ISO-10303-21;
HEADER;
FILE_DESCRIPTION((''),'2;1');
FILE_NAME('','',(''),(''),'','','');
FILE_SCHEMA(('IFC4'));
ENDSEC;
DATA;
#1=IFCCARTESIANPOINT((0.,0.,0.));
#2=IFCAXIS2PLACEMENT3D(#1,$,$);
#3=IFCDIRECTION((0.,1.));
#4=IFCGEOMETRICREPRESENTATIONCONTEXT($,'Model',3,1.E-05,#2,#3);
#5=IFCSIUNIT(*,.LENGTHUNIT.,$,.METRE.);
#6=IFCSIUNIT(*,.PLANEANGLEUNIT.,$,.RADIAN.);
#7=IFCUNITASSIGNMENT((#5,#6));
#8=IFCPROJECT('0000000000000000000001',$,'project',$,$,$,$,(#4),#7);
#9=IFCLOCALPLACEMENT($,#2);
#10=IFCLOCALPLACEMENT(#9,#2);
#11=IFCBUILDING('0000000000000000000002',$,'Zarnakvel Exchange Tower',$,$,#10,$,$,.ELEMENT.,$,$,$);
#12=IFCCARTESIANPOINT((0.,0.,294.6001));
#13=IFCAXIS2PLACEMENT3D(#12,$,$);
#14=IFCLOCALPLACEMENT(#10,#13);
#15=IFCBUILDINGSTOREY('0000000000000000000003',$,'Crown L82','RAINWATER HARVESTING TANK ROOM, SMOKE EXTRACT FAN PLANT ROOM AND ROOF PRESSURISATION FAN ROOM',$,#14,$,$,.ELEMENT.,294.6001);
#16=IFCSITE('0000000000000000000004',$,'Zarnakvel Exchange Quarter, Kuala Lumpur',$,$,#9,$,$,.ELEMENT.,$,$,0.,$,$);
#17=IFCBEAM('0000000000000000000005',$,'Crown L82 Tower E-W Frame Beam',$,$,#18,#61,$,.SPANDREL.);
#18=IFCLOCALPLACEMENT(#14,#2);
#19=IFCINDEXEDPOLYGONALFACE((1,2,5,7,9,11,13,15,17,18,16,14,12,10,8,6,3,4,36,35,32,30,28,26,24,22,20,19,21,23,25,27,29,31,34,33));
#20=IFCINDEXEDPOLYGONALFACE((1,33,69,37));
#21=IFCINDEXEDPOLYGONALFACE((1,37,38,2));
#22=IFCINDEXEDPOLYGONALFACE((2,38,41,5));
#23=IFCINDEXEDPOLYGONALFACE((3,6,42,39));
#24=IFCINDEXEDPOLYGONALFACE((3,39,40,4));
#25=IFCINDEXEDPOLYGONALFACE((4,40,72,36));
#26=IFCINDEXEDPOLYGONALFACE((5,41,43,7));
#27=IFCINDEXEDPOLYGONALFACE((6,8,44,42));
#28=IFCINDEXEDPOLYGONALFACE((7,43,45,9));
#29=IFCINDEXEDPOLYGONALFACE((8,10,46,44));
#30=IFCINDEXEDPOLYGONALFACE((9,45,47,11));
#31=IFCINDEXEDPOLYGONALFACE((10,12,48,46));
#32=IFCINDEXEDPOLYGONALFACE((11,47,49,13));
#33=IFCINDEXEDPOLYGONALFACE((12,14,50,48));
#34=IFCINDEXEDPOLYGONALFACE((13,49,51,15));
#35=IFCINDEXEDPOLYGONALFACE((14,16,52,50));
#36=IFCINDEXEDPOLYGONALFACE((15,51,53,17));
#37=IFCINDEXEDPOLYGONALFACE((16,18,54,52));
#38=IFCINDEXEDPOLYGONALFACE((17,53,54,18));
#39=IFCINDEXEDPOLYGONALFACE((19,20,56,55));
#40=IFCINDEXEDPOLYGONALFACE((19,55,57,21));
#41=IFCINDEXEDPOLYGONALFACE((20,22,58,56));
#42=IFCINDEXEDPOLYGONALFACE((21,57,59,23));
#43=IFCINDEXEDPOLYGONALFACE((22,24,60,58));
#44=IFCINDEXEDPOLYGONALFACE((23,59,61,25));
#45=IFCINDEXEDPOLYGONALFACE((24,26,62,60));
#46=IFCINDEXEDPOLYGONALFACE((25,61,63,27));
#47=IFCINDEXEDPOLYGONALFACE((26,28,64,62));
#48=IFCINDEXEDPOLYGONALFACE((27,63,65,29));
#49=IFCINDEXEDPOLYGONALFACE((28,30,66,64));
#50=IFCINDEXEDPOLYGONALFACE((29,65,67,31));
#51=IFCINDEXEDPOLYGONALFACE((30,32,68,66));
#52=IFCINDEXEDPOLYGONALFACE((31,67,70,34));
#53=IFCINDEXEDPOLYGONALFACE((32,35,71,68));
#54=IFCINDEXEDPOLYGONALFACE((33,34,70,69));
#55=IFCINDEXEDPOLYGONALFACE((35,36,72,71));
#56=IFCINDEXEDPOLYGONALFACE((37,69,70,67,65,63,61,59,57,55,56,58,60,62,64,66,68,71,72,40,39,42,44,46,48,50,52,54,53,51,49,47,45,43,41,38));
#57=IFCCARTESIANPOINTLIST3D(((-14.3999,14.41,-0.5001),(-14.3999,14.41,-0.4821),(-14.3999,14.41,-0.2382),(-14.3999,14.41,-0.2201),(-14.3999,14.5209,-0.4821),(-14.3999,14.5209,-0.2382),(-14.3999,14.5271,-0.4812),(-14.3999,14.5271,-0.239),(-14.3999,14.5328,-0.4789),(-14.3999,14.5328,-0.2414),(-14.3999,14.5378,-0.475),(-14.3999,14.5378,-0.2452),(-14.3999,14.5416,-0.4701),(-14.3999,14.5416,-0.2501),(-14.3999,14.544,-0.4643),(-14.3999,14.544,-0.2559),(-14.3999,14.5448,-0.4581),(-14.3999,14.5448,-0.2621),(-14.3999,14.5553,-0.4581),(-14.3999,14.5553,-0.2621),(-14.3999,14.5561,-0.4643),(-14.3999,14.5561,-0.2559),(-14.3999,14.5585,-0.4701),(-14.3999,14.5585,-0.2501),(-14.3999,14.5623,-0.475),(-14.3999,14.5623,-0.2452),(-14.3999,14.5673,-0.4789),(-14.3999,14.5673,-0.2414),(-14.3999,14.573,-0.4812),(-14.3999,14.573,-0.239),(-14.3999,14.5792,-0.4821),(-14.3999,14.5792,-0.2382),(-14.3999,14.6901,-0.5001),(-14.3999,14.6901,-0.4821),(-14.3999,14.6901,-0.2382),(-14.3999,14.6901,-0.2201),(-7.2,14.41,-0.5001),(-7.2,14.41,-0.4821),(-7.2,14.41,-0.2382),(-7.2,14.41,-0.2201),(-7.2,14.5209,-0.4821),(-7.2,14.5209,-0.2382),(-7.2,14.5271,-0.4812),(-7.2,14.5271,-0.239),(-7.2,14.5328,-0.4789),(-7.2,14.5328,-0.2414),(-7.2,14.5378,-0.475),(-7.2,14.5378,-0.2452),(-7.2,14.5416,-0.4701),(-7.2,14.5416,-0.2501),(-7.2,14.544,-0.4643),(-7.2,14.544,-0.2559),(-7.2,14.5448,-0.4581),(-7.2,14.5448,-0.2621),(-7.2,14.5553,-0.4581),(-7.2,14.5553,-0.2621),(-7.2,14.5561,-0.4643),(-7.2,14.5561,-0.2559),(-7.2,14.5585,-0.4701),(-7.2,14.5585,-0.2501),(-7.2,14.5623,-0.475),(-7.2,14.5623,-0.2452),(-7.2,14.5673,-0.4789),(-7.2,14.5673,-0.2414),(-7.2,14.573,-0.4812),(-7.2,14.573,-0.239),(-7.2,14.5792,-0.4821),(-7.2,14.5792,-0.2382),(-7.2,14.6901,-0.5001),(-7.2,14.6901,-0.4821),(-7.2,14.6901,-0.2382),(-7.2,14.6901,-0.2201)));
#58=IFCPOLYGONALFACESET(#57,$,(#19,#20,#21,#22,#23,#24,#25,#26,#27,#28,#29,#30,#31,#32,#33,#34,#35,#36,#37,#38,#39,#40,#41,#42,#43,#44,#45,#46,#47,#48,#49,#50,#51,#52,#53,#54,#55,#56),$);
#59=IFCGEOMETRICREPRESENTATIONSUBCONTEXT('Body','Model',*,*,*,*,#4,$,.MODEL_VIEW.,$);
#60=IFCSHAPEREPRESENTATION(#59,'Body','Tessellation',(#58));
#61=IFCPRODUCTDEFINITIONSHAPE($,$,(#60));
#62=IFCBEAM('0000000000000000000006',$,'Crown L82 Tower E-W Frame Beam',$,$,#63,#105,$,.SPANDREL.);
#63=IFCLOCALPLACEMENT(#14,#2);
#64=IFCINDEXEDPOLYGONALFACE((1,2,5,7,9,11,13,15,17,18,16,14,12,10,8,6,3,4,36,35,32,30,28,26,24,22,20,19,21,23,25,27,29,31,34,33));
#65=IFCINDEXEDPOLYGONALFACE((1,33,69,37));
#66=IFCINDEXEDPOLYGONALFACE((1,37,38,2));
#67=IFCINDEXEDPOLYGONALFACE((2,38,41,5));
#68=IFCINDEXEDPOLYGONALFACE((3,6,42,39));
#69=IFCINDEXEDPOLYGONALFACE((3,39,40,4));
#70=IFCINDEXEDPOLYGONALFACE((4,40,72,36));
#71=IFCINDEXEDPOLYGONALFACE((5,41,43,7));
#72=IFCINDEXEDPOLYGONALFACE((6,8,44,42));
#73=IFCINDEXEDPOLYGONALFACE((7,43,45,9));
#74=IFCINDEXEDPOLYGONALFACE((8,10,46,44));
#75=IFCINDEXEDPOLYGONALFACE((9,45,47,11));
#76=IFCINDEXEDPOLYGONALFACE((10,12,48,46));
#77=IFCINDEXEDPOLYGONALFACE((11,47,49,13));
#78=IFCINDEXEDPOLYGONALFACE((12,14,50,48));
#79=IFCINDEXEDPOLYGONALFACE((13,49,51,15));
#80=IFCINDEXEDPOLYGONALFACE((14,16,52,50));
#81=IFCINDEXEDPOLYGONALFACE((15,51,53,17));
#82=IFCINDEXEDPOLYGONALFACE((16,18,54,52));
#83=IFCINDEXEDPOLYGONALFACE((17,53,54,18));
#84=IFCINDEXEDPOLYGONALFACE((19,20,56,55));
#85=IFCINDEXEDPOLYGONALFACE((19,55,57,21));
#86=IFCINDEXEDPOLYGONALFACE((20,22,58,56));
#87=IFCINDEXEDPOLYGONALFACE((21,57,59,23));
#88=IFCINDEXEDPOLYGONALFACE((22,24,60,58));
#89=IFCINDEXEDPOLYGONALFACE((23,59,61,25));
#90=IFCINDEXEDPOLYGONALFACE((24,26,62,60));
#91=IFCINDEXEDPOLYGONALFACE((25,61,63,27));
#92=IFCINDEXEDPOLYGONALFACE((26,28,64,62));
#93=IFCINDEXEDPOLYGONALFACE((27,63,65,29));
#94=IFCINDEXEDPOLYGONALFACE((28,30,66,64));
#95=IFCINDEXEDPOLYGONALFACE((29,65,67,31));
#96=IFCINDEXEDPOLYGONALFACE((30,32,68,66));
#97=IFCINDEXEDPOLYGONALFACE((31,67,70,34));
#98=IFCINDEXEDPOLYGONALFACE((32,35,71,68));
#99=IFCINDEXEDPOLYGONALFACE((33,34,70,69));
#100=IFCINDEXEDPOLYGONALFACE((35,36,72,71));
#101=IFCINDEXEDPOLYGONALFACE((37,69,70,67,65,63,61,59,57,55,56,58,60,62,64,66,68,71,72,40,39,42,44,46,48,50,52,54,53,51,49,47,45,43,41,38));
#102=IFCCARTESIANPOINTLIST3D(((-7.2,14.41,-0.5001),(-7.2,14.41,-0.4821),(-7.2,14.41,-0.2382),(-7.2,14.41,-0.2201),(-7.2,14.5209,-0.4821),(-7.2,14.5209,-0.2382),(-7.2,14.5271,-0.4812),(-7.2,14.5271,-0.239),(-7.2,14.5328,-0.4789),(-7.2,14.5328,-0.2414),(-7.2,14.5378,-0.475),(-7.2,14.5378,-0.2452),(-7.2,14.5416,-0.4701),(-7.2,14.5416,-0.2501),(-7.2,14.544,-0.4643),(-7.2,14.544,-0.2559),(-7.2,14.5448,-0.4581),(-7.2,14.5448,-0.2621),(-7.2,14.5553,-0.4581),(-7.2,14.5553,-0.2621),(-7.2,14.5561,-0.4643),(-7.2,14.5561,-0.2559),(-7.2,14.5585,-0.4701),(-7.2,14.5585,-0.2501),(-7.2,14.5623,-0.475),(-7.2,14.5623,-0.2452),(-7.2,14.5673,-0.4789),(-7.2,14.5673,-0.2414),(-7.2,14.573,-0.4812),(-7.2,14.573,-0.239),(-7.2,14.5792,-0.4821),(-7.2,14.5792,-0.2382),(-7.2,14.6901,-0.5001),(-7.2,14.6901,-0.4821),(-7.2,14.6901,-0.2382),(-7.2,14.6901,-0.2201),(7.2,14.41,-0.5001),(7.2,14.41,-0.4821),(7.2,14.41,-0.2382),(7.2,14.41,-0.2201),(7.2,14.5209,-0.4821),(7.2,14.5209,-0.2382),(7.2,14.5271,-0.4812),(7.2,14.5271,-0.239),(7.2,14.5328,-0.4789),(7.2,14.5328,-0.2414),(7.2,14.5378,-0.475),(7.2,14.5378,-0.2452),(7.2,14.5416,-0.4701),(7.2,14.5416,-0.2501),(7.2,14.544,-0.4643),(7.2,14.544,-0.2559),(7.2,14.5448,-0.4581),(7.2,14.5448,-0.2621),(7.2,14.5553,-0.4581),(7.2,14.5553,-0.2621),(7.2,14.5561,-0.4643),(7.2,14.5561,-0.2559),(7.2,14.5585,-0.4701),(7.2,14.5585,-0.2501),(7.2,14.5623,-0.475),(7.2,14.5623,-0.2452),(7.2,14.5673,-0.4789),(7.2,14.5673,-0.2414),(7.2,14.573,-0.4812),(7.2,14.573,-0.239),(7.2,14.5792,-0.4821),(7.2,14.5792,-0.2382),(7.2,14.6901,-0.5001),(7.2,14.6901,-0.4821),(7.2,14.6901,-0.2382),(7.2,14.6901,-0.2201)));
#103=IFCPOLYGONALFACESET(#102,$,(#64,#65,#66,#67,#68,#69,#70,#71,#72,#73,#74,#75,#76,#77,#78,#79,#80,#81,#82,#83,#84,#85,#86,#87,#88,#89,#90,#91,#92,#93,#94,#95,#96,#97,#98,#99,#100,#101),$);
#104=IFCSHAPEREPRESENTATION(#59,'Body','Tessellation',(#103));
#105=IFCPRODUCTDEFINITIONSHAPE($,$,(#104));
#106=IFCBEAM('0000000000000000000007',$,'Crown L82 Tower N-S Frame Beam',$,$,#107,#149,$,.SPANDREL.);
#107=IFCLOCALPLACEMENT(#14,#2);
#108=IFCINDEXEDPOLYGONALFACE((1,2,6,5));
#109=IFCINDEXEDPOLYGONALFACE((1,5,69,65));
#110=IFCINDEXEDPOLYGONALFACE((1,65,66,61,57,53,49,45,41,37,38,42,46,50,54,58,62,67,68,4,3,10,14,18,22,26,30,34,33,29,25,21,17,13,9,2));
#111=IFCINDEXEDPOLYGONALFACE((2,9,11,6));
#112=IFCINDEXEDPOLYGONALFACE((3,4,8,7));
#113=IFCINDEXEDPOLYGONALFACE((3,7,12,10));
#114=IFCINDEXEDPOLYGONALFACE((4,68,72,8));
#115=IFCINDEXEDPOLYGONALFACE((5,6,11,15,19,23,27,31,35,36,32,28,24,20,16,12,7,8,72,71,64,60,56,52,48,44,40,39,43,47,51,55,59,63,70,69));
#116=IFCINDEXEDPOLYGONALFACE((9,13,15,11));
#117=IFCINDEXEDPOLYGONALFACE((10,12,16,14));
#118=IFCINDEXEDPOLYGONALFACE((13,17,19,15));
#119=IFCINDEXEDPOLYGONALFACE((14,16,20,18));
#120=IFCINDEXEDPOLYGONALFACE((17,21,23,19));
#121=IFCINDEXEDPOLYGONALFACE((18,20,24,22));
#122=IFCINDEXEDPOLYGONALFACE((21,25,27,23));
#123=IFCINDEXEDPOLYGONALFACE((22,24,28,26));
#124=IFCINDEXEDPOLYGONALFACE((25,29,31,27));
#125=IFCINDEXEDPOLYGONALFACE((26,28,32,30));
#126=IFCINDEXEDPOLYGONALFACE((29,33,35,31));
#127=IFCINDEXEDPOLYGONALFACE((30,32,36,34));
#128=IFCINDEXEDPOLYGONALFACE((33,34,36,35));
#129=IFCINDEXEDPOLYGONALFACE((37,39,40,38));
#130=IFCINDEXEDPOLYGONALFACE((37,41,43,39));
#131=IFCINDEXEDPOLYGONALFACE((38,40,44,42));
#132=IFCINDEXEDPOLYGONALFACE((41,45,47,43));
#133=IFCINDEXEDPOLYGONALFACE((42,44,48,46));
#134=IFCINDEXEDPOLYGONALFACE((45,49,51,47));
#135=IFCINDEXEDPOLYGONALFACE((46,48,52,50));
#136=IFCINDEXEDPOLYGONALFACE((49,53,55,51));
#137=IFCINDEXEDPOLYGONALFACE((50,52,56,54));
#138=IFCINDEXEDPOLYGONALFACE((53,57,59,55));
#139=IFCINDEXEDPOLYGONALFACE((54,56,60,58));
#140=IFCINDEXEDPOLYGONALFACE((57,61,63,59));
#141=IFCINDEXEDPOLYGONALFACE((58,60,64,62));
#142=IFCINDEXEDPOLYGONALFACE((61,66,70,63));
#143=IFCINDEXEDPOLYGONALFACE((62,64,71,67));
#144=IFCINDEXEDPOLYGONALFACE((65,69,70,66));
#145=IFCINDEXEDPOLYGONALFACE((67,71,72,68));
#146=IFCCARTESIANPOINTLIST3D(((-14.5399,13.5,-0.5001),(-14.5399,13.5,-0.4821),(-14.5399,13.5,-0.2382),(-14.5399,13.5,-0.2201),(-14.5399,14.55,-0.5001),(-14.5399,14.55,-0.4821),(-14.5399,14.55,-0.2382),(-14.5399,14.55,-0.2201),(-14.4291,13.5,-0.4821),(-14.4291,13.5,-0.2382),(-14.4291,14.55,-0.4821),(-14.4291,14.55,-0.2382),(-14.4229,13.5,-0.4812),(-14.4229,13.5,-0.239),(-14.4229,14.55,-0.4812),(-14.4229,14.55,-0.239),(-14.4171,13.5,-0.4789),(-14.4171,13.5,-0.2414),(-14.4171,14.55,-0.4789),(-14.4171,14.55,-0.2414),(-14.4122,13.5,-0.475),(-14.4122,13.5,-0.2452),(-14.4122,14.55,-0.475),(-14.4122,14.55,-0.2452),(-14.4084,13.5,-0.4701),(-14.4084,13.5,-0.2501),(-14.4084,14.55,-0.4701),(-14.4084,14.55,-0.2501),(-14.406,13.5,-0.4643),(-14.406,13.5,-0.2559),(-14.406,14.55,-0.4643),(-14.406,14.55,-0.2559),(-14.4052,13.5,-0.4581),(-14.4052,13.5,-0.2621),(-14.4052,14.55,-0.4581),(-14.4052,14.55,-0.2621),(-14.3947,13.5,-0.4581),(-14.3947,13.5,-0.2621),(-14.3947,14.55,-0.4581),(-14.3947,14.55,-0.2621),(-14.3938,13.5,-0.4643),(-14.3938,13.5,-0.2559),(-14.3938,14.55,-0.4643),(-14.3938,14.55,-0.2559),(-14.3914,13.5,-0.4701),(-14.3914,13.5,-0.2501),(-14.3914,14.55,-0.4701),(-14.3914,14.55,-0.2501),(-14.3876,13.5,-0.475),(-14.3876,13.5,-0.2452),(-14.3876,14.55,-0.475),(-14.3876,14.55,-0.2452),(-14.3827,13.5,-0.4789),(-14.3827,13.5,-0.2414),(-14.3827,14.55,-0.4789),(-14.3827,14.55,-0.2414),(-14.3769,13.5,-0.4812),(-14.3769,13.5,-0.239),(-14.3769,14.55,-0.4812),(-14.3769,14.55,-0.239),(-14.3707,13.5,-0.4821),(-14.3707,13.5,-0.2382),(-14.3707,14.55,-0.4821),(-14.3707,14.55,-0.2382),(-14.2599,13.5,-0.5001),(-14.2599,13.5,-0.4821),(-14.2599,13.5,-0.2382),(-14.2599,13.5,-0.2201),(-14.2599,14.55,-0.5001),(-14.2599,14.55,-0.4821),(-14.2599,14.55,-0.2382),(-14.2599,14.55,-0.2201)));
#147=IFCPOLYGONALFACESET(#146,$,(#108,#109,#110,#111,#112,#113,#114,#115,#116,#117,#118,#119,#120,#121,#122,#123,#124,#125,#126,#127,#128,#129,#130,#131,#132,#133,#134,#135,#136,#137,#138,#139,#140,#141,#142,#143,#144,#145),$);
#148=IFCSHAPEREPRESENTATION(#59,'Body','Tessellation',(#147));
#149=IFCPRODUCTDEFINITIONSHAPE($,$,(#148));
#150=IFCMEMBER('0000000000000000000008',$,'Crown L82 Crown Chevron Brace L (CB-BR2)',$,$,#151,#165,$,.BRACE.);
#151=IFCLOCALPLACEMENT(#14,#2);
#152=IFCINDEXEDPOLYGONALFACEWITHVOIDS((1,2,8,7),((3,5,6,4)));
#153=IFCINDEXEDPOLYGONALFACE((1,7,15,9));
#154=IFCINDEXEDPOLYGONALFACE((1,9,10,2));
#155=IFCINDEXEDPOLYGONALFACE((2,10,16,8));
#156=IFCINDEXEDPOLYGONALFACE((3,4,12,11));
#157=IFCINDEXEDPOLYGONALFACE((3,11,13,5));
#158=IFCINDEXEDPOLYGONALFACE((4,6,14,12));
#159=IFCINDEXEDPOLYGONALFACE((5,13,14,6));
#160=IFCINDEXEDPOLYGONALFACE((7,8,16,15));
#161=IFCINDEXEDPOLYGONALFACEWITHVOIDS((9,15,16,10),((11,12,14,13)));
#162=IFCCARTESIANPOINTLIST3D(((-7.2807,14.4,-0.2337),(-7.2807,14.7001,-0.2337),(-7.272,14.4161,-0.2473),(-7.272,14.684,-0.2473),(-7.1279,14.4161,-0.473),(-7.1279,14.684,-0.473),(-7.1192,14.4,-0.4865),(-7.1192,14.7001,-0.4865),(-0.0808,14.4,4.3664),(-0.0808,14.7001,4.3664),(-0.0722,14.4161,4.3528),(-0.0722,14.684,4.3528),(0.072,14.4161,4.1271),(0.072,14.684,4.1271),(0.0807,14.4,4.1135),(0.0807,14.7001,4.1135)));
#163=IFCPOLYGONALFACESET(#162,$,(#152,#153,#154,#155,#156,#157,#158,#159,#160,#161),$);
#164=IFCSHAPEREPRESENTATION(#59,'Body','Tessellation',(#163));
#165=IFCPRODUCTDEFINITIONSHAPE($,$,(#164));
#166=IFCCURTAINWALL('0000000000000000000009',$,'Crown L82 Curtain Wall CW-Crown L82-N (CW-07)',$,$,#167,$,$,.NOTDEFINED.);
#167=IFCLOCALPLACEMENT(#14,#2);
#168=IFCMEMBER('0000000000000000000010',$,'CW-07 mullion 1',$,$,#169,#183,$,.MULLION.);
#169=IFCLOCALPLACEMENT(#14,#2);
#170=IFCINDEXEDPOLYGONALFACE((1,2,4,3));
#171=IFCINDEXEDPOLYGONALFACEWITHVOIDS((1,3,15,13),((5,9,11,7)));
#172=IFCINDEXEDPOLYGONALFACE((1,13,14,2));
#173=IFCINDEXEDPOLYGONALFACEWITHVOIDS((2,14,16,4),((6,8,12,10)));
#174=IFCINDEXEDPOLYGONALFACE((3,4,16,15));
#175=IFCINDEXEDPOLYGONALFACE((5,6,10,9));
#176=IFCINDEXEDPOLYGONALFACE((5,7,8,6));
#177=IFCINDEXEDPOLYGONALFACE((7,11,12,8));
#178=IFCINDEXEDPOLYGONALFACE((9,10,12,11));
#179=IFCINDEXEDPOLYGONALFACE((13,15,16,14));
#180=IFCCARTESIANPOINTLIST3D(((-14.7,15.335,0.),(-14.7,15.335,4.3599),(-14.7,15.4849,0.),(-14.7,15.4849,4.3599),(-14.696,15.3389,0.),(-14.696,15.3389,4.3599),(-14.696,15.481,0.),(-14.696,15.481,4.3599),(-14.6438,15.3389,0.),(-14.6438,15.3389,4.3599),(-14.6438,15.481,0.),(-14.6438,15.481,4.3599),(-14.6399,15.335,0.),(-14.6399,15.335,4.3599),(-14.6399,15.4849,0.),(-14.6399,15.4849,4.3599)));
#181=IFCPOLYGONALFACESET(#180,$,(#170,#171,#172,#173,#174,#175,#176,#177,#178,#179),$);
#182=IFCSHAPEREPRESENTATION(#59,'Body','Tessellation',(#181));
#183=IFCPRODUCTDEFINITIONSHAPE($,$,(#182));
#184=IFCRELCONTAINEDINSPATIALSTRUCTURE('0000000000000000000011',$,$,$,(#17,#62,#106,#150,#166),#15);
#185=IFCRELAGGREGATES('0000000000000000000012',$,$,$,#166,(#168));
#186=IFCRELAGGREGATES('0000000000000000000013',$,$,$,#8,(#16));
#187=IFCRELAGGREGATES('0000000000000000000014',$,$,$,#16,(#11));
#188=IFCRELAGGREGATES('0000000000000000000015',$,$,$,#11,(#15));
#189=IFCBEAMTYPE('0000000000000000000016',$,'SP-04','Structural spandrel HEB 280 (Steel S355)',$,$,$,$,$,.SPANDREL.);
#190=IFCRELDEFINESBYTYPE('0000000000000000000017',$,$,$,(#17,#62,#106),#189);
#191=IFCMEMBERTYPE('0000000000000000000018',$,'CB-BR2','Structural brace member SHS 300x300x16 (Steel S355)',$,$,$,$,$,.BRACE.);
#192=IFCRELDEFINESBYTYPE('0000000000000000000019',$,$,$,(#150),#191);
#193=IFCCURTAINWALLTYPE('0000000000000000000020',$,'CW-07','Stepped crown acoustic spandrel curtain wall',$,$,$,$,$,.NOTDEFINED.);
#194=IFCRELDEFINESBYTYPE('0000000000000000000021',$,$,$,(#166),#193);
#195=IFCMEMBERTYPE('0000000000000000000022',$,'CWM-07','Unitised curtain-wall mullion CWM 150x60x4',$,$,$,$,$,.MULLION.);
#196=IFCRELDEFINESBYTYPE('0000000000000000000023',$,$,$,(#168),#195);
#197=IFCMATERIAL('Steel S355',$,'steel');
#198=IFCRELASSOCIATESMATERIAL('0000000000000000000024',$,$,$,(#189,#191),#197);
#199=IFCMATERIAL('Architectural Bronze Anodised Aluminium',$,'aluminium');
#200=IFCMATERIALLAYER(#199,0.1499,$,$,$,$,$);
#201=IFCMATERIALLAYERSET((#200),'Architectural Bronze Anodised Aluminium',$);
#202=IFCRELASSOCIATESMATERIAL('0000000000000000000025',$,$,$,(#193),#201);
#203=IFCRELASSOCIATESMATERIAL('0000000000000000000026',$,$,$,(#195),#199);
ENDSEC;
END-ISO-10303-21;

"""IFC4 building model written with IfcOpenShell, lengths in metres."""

from ifc_helpers import new_model, si_unit, direction, frame, origin, origin_2d, place, context, subcontext, project, spatial, hollow_rectangle, i_section, extrude, source, transform, mapped, material, layer, layer_set, material_profile, profile_set, type_object, element, aggregate, save


model = new_model("IFC4")

# Units and contexts
model_context = context("Model", 3, precision=1e-05, world=origin(), true_north=direction((0.0, 1.0)))
body_context = subcontext(model_context, "Body", "Model", "MODEL_VIEW")
ifc_project = project(units=[si_unit("LENGTHUNIT", "METRE"), si_unit("PLANEANGLEUNIT", "RADIAN")], contexts=[model_context])

# Site, building, storey
site_placement = place(None, origin())
site = spatial("IfcSite", under=ifc_project, at=site_placement, Name="Zarnakvel Exchange Quarter, Kuala Lumpur", CompositionType="ELEMENT", RefElevation=0.0)
building_placement = place(site_placement, origin())
building = spatial("IfcBuilding", under=site, at=building_placement, Name="Zarnakvel Exchange Tower", CompositionType="ELEMENT")
storey_placement = place(building_placement, frame((0.0, 0.0, 294.6001)))
storey = spatial("IfcBuildingStorey", under=building, at=storey_placement, Name="Crown L82", Description="RAINWATER HARVESTING TANK ROOM, SMOKE EXTRACT FAN PLANT ROOM AND ROOF PRESSURISATION FAN ROOM", CompositionType="ELEMENT", Elevation=294.6001)

# Shared definitions
ifc_material_1 = material(Name="Steel S355", Category="steel")

# Beams
ifc_material_profile_1 = material_profile(ifc_material_1, i_section(OverallWidth=0.28, OverallDepth=0.28, WebThickness=0.0105, FlangeThickness=0.0181, FilletRadius=0.0239, at=origin_2d()))
ifc_profile_set_1 = profile_set([ifc_material_profile_1], Name="Steel S355")
beam_type_1 = type_object("IfcBeamType", Name="SP-04", Description="Structural spandrel HEB 280 (Steel S355)", PredefinedType="SPANDREL", material=ifc_profile_set_1)
beam_1_placement = place(storey_placement, frame((-14.3999, 14.55, -0.3601), z_axis=(1.0, 0.0, 0.0), x_axis=(0.0, 1.0, 0.0)))
element("IfcBeam", 1, at=beam_1_placement, inside=storey, type_object=beam_type_1, Name="Crown L82 Tower E-W Frame Beam", PredefinedType="SPANDREL", context=body_context, shape_type="SweptSolid", body=[
    extrude(i_section(OverallWidth=0.28, OverallDepth=0.28, WebThickness=0.0105, FlangeThickness=0.0181, FilletRadius=0.0239, at=origin_2d()), origin(), (0.0, 0.0, 1.0), 7.2),
])
beam_2_placement = place(storey_placement, frame((-7.2, 14.55, -0.3601), z_axis=(1.0, 0.0, 0.0), x_axis=(0.0, 1.0, 0.0)))
element("IfcBeam", 2, at=beam_2_placement, inside=storey, type_object=beam_type_1, Name="Crown L82 Tower E-W Frame Beam", PredefinedType="SPANDREL", context=body_context, shape_type="SweptSolid", body=[
    extrude(i_section(OverallWidth=0.28, OverallDepth=0.28, WebThickness=0.0105, FlangeThickness=0.0181, FilletRadius=0.0239, at=origin_2d()), origin(), (0.0, 0.0, 1.0), 14.3999),
])
beam_3_placement = place(storey_placement, frame((-14.3999, 13.5, -0.3601), z_axis=(0.0, 1.0, 0.0), x_axis=(-1.0, 0.0, 0.0)))
element("IfcBeam", 3, at=beam_3_placement, inside=storey, type_object=beam_type_1, Name="Crown L82 Tower N-S Frame Beam", PredefinedType="SPANDREL", context=body_context, shape_type="SweptSolid", body=[
    extrude(i_section(OverallWidth=0.28, OverallDepth=0.28, WebThickness=0.0105, FlangeThickness=0.0181, FilletRadius=0.0239, at=origin_2d()), origin(), (0.0, 0.0, 1.0), 1.05),
])

# Member
ifc_material_profile_2 = material_profile(ifc_material_1, hollow_rectangle(XDim=0.3, YDim=0.3, WallThickness=0.0161, at=origin_2d()))
ifc_profile_set_2 = profile_set([ifc_material_profile_2], Name="Steel S355")
member_type_1 = type_object("IfcMemberType", Name="CB-BR2", Description="Structural brace member SHS 300x300x16 (Steel S355)", PredefinedType="BRACE", material=ifc_profile_set_2)
shared_shape_1 = source(origin(), body_context, "Body", "SweptSolid", [
    extrude(hollow_rectangle(XDim=0.3, YDim=0.3, WallThickness=0.0161, at=origin_2d()), origin(), (0.0, 0.0, 1.0), 8.5439),
])
member_1_placement = place(storey_placement, frame((-7.2, 14.55, -0.3601), z_axis=(0.842689, 0.0, 0.5384), x_axis=(0.0, 1.0, 0.0)))
element("IfcMember", 4, at=member_1_placement, inside=storey, type_object=member_type_1, Name="Crown L82 Crown Chevron Brace L (CB-BR2)", PredefinedType="BRACE", context=body_context, shape_type="MappedRepresentation", body=[
    mapped(shared_shape_1, transform((0.0, 0.0, 0.0), x_axis=(1.0, 0.0, 0.0), y_axis=(0.0, 1.0, 0.0), z_axis=(0.0, 0.0, 1.0), scale=1.0)),
])

# Curtain wall, member
ifc_material_2 = material(Name="Architectural Bronze Anodised Aluminium", Category="aluminium")
ifc_layer_1 = layer(ifc_material_2, 0.1499)
ifc_layer_set_1 = layer_set([ifc_layer_1], Name="Architectural Bronze Anodised Aluminium")
curtain_wall_type = type_object("IfcCurtainWallType", Name="CW-07", Description="Stepped crown acoustic spandrel curtain wall", PredefinedType="NOTDEFINED", material=ifc_layer_set_1)
curtain_wall_placement = place(storey_placement, origin())
curtain_wall = element("IfcCurtainWall", 5, at=curtain_wall_placement, inside=storey, type_object=curtain_wall_type, Name="Crown L82 Curtain Wall CW-Crown L82-N (CW-07)", PredefinedType="NOTDEFINED")
ifc_material_profile_3 = material_profile(ifc_material_2, hollow_rectangle(XDim=0.1499, YDim=0.0601, WallThickness=0.0039, at=origin_2d()))
ifc_profile_set_3 = profile_set([ifc_material_profile_3], Name="Architectural Bronze Anodised Aluminium")
member_type_2 = type_object("IfcMemberType", Name="CWM-07", Description="Unitised curtain-wall mullion CWM 150x60x4", PredefinedType="MULLION", material=ifc_profile_set_3)
shared_shape_2 = source(origin(), body_context, "Body", "SweptSolid", [
    extrude(hollow_rectangle(XDim=0.1499, YDim=0.0601, WallThickness=0.0039, at=origin_2d()), origin(), (0.0, 0.0, 1.0), 4.3599),
])
member_2_placement = place(storey_placement, frame((-14.6699, 15.4099, 0.0), z_axis=(0.0, 0.0, 1.0), x_axis=(0.0, 1.0, 0.0)))
member_2 = element("IfcMember", 6, at=member_2_placement, type_object=member_type_2, Name="CW-07 mullion 1", PredefinedType="MULLION", context=body_context, shape_type="MappedRepresentation", body=[
    mapped(shared_shape_2, transform((0.0, 0.0, 0.0), x_axis=(1.0, 0.0, 0.0), y_axis=(0.0, 1.0, 0.0), z_axis=(0.0, 0.0, 1.0), scale=1.0)),
])

aggregate(curtain_wall, [member_2])

save(model, "model.ifc")
